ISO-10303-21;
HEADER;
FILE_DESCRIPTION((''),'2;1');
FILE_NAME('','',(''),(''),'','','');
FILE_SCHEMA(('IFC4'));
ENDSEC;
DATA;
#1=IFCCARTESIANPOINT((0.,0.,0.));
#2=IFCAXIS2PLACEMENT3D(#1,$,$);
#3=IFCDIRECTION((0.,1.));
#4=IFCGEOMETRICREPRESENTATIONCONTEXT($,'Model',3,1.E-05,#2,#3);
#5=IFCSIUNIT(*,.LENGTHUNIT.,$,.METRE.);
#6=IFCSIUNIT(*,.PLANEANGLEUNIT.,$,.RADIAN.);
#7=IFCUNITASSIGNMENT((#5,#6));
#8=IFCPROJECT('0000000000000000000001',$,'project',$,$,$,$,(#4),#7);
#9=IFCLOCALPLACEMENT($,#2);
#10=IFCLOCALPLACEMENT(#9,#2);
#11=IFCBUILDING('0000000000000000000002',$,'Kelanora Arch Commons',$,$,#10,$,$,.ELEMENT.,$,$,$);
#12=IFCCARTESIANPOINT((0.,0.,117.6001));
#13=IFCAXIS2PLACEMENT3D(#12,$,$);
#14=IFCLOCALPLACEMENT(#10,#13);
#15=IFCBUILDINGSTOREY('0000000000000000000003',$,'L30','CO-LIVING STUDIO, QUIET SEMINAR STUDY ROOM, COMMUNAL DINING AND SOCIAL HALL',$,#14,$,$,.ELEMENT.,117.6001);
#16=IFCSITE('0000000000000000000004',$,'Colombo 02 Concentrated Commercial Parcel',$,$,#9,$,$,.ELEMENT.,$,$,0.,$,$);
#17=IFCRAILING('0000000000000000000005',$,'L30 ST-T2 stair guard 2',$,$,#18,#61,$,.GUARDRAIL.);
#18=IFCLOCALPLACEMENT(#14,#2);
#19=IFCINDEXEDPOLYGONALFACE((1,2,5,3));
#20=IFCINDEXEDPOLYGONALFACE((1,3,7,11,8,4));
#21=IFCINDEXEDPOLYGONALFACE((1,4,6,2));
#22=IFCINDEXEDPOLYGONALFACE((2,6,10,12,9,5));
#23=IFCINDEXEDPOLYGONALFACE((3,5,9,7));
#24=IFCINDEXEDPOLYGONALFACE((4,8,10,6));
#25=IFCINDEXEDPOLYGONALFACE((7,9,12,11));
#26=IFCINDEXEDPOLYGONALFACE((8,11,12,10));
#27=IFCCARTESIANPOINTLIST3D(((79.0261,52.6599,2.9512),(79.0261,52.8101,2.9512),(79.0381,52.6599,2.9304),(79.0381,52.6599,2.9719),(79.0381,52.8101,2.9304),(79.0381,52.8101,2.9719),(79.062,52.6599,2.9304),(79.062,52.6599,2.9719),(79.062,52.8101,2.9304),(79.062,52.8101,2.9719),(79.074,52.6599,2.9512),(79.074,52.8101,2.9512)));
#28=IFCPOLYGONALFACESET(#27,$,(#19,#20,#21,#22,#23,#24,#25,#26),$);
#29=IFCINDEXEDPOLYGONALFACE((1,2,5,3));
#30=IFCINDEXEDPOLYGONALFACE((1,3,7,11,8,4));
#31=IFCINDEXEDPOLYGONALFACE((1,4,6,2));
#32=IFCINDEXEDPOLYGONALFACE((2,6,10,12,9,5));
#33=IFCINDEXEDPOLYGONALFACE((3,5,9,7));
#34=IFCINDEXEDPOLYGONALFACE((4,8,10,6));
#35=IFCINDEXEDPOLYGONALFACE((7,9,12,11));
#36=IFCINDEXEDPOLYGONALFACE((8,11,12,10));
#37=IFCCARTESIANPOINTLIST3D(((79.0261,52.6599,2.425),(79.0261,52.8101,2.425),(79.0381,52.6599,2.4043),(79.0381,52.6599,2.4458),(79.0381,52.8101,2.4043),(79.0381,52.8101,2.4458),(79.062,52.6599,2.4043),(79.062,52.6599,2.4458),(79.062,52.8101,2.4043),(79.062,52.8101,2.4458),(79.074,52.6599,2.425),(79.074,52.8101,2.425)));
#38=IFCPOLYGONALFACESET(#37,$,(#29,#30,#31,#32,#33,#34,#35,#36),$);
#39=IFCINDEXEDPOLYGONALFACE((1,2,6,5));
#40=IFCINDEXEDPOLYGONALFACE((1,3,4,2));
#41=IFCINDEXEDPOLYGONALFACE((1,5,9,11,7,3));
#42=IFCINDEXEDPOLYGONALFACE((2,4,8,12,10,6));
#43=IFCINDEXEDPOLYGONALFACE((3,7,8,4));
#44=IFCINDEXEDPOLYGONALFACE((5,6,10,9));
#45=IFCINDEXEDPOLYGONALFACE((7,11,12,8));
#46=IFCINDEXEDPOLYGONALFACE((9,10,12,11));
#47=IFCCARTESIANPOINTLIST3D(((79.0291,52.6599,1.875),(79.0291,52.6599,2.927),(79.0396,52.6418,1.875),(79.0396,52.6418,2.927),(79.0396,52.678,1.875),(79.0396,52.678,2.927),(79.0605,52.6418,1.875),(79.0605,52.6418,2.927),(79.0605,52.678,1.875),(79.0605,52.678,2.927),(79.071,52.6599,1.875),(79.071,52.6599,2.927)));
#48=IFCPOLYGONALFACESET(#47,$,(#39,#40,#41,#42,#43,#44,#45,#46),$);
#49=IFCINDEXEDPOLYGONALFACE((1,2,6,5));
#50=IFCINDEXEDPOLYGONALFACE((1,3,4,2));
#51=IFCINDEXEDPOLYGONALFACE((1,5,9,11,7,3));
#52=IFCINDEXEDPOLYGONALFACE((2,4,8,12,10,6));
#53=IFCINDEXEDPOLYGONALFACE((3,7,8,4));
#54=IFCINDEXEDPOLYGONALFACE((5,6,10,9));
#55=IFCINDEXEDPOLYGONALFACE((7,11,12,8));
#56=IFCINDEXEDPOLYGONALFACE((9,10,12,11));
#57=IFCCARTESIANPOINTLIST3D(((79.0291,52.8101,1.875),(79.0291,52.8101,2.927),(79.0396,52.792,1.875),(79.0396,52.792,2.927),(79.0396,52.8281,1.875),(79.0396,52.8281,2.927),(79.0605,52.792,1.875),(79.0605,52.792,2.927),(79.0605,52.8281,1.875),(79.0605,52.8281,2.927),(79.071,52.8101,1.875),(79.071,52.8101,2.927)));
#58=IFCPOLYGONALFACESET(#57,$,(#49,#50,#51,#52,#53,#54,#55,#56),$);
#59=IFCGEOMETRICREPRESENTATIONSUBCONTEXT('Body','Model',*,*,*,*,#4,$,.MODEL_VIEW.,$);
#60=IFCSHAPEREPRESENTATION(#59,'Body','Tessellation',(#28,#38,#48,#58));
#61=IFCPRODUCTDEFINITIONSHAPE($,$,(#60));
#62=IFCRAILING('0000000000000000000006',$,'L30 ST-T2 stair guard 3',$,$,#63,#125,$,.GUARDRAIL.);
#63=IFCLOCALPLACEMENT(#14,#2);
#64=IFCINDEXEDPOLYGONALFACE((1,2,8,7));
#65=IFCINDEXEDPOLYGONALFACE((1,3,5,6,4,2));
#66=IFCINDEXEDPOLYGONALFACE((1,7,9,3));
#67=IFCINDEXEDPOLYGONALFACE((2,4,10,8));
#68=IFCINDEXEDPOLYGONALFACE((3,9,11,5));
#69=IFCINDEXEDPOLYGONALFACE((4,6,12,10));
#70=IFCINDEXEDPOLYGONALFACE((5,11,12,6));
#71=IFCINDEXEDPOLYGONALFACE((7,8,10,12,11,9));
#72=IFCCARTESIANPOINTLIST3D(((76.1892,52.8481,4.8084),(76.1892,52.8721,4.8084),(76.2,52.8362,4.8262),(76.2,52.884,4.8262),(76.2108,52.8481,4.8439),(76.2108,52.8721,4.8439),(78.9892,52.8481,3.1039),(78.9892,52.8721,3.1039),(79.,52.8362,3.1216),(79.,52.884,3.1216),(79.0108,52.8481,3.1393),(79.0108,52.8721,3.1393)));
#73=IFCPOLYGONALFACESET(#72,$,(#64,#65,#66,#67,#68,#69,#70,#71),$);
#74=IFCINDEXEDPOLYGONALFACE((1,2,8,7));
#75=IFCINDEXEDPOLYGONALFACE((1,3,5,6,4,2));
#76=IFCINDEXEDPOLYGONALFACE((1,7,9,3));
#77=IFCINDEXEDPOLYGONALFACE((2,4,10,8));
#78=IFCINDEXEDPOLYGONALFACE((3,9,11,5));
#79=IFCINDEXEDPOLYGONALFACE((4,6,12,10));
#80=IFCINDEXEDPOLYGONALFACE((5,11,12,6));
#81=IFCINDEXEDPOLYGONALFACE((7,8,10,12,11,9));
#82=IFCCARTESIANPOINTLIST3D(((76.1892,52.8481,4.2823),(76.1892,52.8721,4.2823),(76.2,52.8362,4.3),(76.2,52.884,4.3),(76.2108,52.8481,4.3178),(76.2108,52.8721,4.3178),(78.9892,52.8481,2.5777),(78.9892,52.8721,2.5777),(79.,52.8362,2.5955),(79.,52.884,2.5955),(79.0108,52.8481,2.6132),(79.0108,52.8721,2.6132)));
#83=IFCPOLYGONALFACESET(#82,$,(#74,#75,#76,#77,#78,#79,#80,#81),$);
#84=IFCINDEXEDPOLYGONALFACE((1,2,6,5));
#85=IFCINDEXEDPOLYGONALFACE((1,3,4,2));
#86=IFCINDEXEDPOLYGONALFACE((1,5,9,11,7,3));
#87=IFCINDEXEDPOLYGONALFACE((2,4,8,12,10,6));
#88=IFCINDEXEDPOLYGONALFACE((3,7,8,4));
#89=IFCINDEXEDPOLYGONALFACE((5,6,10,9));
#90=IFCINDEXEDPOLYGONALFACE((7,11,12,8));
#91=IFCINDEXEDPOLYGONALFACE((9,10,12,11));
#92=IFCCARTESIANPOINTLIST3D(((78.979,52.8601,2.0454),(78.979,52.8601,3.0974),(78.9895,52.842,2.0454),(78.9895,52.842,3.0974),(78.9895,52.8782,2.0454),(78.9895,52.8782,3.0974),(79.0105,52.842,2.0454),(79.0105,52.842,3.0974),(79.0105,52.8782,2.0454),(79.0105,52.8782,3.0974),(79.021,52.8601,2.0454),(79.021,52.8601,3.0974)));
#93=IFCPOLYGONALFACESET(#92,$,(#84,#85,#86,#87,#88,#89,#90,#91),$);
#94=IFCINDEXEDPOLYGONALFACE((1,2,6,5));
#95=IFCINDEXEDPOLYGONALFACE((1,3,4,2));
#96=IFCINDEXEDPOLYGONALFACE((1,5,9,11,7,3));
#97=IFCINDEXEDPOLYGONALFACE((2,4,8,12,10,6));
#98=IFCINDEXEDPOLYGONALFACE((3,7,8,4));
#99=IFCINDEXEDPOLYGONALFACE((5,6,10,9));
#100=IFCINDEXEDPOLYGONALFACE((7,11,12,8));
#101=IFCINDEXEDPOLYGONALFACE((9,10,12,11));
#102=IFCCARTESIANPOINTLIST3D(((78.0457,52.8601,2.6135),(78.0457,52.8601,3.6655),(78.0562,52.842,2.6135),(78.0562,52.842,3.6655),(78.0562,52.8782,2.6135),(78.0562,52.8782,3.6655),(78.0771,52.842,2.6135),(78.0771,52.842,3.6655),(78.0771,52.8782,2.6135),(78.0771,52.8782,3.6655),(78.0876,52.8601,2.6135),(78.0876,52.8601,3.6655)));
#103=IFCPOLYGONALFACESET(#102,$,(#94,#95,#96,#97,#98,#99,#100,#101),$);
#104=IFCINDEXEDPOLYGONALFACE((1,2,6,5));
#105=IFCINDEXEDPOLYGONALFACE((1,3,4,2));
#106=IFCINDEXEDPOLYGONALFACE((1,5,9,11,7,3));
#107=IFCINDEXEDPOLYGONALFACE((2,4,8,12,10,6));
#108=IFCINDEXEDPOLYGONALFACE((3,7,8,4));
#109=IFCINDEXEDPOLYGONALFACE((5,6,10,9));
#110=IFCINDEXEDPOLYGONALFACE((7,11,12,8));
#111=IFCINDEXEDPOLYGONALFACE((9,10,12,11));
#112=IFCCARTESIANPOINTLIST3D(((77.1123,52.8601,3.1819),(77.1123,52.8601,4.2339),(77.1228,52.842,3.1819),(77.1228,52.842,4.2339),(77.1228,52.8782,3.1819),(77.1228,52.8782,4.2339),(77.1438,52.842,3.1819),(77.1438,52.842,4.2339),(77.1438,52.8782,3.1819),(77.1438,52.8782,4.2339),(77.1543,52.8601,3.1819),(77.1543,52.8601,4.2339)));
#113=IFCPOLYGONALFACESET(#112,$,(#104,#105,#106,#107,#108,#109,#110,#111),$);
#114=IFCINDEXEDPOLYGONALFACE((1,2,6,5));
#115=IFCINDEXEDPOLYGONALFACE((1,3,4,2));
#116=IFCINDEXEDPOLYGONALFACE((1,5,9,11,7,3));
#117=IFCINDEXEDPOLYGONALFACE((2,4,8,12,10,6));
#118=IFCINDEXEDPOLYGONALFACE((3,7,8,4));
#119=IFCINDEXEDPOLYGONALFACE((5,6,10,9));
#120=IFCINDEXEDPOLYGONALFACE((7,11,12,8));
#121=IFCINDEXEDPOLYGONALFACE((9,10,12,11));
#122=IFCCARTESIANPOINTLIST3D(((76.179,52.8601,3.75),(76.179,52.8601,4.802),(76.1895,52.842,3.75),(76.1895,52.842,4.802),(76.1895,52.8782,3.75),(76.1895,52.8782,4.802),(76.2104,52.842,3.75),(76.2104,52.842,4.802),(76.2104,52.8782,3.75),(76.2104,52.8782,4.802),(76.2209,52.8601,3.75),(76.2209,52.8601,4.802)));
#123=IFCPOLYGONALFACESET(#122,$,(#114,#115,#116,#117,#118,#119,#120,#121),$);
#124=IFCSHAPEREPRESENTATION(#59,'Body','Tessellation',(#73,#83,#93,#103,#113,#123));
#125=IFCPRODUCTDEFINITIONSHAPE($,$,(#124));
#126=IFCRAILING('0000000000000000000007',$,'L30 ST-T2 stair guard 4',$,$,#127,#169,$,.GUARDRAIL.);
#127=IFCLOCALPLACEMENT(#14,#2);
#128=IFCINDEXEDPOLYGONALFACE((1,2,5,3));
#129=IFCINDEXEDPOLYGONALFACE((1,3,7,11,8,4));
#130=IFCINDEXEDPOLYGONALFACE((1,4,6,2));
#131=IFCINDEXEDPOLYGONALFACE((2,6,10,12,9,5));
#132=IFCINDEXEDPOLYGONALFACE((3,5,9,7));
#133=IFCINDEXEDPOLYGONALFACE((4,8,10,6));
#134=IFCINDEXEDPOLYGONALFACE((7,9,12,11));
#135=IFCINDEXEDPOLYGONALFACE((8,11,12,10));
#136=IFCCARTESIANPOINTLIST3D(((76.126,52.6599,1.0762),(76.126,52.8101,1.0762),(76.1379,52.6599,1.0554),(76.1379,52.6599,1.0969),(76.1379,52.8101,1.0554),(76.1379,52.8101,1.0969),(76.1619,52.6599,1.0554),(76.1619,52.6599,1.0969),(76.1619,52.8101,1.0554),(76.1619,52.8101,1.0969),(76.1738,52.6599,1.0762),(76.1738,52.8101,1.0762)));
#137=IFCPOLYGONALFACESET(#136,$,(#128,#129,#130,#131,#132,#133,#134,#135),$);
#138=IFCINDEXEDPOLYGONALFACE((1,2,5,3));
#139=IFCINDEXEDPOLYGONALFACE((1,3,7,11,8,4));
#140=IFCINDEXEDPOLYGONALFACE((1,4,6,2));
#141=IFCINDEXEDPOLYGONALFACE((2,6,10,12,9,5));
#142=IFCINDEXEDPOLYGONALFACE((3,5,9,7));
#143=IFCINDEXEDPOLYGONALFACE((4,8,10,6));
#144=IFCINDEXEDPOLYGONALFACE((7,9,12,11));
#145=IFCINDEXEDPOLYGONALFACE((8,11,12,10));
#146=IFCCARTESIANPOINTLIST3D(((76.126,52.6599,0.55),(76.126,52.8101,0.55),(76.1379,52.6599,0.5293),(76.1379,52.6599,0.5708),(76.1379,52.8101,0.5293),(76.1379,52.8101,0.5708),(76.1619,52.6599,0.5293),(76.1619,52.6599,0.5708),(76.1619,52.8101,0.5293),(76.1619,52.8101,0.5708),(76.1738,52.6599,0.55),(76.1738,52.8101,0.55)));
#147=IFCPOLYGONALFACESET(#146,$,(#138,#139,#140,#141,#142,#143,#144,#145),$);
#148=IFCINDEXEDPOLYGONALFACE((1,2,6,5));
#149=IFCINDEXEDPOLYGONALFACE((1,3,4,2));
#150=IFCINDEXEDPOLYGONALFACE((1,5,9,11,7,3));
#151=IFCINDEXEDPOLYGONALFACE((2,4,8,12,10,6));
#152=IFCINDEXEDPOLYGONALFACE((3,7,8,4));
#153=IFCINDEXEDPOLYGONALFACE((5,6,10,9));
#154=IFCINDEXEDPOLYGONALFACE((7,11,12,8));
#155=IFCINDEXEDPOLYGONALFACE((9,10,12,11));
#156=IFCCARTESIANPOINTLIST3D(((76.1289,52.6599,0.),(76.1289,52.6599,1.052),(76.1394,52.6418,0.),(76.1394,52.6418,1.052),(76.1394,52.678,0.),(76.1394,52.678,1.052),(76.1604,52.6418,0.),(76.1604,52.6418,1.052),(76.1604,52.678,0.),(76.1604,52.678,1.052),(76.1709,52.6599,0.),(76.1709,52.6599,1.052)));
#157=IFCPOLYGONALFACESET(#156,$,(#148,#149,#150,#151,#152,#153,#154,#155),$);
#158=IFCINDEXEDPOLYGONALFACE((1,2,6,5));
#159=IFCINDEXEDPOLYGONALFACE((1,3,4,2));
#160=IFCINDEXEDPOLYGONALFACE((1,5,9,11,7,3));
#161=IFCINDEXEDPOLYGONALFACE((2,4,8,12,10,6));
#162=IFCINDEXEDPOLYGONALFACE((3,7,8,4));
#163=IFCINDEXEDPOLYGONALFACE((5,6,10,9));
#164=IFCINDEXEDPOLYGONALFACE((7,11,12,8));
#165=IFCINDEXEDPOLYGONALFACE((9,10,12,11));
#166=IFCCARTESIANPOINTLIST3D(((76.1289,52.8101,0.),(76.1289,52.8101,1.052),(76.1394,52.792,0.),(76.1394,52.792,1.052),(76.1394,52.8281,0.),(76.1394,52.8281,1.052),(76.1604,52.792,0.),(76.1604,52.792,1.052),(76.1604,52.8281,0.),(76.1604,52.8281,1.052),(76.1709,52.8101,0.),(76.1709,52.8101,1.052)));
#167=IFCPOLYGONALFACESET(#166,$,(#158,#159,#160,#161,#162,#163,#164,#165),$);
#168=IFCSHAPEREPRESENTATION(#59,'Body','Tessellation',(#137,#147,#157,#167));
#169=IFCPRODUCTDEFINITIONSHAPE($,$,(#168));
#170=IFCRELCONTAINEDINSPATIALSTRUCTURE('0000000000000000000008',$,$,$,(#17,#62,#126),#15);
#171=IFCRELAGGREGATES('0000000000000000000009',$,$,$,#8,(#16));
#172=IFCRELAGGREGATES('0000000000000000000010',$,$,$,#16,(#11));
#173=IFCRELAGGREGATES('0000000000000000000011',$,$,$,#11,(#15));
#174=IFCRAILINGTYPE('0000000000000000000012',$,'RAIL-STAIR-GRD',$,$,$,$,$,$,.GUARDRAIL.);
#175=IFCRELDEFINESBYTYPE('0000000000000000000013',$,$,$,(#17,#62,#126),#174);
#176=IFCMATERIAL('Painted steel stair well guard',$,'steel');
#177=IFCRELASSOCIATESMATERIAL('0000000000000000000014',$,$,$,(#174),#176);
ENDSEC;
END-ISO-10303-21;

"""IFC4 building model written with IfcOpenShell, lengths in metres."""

from ifc_helpers import new_model, si_unit, direction, frame, origin, place, context, subcontext, project, spatial, polyline, outline, extrude, material, type_object, element, save


model = new_model("IFC4")

# Units and contexts
model_context = context("Model", 3, precision=1e-05, world=origin(), true_north=direction((0.0, 1.0)))
body_context = subcontext(model_context, "Body", "Model", "MODEL_VIEW")
ifc_project = project(units=[si_unit("LENGTHUNIT", "METRE"), si_unit("PLANEANGLEUNIT", "RADIAN")], contexts=[model_context])

# Site, building, storey
site_placement = place(None, origin())
site = spatial("IfcSite", under=ifc_project, at=site_placement, Name="Colombo 02 Concentrated Commercial Parcel", CompositionType="ELEMENT", RefElevation=0.0)
building_placement = place(site_placement, origin())
building = spatial("IfcBuilding", under=site, at=building_placement, Name="Kelanora Arch Commons", CompositionType="ELEMENT")
storey_placement = place(building_placement, frame((0.0, 0.0, 117.6001)))
storey = spatial("IfcBuildingStorey", under=building, at=storey_placement, Name="L30", Description="CO-LIVING STUDIO, QUIET SEMINAR STUDY ROOM, COMMUNAL DINING AND SOCIAL HALL", CompositionType="ELEMENT", Elevation=117.6001)

# Railings
ifc_material_1 = material(Name="Painted steel stair well guard", Category="steel")
railing_type_1 = type_object("IfcRailingType", Name="RAIL-STAIR-GRD", PredefinedType="GUARDRAIL", material=ifc_material_1)
railing_1_placement = place(storey_placement, frame((79.05, 52.6599, 1.875)))
element("IfcRailing", 1, at=railing_1_placement, inside=storey, type_object=railing_type_1, Name="L30 ST-T2 stair guard 2", PredefinedType="GUARDRAIL", context=body_context, shape_type="SweptSolid", body=[
    extrude(outline(polyline([(0.0239, 0.0), (0.012, 0.0208), (-0.012, 0.0208), (-0.0239, 0.0), (-0.012, -0.0208), (0.012, -0.0208), (0.0239, 0.0)])), frame((0.0, 0.0, 1.0762), z_axis=(0.0, 1.0, 0.0), x_axis=(-1.0, 0.0, 0.0)), (0.0, 0.0, 1.0), 0.1501),
    extrude(outline(polyline([(0.0239, 0.0), (0.012, 0.0208), (-0.012, 0.0208), (-0.0239, 0.0), (-0.012, -0.0208), (0.012, -0.0208), (0.0239, 0.0)])), frame((0.0, 0.0, 0.55), z_axis=(0.0, 1.0, 0.0), x_axis=(-1.0, 0.0, 0.0)), (0.0, 0.0, 1.0), 0.1501),
    extrude(outline(polyline([(0.021, 0.0), (0.0105, 0.0181), (-0.0105, 0.0181), (-0.021, 0.0), (-0.0105, -0.0181), (0.0105, -0.0181), (0.021, 0.0)])), origin(), (0.0, 0.0, 1.0), 1.052),
    extrude(outline(polyline([(0.021, 0.0), (0.0105, 0.0181), (-0.0105, 0.0181), (-0.021, 0.0), (-0.0105, -0.0181), (0.0105, -0.0181), (0.021, 0.0)])), frame((0.0, 0.1501, 0.0)), (0.0, 0.0, 1.0), 1.052),
])
railing_2_placement = place(storey_placement, frame((79.0, 52.8601, 2.0454)))
element("IfcRailing", 2, at=railing_2_placement, inside=storey, type_object=railing_type_1, Name="L30 ST-T2 stair guard 3", PredefinedType="GUARDRAIL", context=body_context, shape_type="SweptSolid", body=[
    extrude(outline(polyline([(0.0239, 0.0), (0.012, 0.0208), (-0.012, 0.0208), (-0.0239, 0.0), (-0.012, -0.0208), (0.012, -0.0208), (0.0239, 0.0)])), frame((0.0, 0.0, 1.0762), z_axis=(-0.85417, 0.0, 0.519994), x_axis=(0.0, -1.0, 0.0)), (0.0, 0.0, 1.0), 3.2781),
    extrude(outline(polyline([(0.0239, 0.0), (0.012, 0.0208), (-0.012, 0.0208), (-0.0239, 0.0), (-0.012, -0.0208), (0.012, -0.0208), (0.0239, 0.0)])), frame((0.0, 0.0, 0.55), z_axis=(-0.85417, 0.0, 0.519994), x_axis=(0.0, -1.0, 0.0)), (0.0, 0.0, 1.0), 3.2781),
    extrude(outline(polyline([(0.021, 0.0), (0.0105, 0.0181), (-0.0105, 0.0181), (-0.021, 0.0), (-0.0105, -0.0181), (0.0105, -0.0181), (0.021, 0.0)])), origin(), (0.0, 0.0, 1.0), 1.052),
    extrude(outline(polyline([(0.021, 0.0), (0.0105, 0.0181), (-0.0105, 0.0181), (-0.021, 0.0), (-0.0105, -0.0181), (0.0105, -0.0181), (0.021, 0.0)])), frame((-0.9333, 0.0, 0.5681)), (0.0, 0.0, 1.0), 1.052),
    extrude(outline(polyline([(0.021, 0.0), (0.0105, 0.0181), (-0.0105, 0.0181), (-0.021, 0.0), (-0.0105, -0.0181), (0.0105, -0.0181), (0.021, 0.0)])), frame((-1.8667, 0.0, 1.1365)), (0.0, 0.0, 1.0), 1.052),
    extrude(outline(polyline([(0.021, 0.0), (0.0105, 0.0181), (-0.0105, 0.0181), (-0.021, 0.0), (-0.0105, -0.0181), (0.0105, -0.0181), (0.021, 0.0)])), frame((-2.8, 0.0, 1.7046)), (0.0, 0.0, 1.0), 1.052),
])
railing_3_placement = place(storey_placement, frame((76.1499, 52.6599, 0.0)))
element("IfcRailing", 3, at=railing_3_placement, inside=storey, type_object=railing_type_1, Name="L30 ST-T2 stair guard 4", PredefinedType="GUARDRAIL", context=body_context, shape_type="SweptSolid", body=[
    extrude(outline(polyline([(0.0239, 0.0), (0.012, 0.0208), (-0.012, 0.0208), (-0.0239, 0.0), (-0.012, -0.0208), (0.012, -0.0208), (0.0239, 0.0)])), frame((0.0, 0.0, 1.0762), z_axis=(0.0, 1.0, 0.0), x_axis=(-1.0, 0.0, 0.0)), (0.0, 0.0, 1.0), 0.1501),
    extrude(outline(polyline([(0.0239, 0.0), (0.012, 0.0208), (-0.012, 0.0208), (-0.0239, 0.0), (-0.012, -0.0208), (0.012, -0.0208), (0.0239, 0.0)])), frame((0.0, 0.0, 0.55), z_axis=(0.0, 1.0, 0.0), x_axis=(-1.0, 0.0, 0.0)), (0.0, 0.0, 1.0), 0.1501),
    extrude(outline(polyline([(0.021, 0.0), (0.0105, 0.0181), (-0.0105, 0.0181), (-0.021, 0.0), (-0.0105, -0.0181), (0.0105, -0.0181), (0.021, 0.0)])), origin(), (0.0, 0.0, 1.0), 1.052),
    extrude(outline(polyline([(0.021, 0.0), (0.0105, 0.0181), (-0.0105, 0.0181), (-0.021, 0.0), (-0.0105, -0.0181), (0.0105, -0.0181), (0.021, 0.0)])), frame((0.0, 0.1501, 0.0)), (0.0, 0.0, 1.0), 1.052),
])

save(model, "model.ifc")
